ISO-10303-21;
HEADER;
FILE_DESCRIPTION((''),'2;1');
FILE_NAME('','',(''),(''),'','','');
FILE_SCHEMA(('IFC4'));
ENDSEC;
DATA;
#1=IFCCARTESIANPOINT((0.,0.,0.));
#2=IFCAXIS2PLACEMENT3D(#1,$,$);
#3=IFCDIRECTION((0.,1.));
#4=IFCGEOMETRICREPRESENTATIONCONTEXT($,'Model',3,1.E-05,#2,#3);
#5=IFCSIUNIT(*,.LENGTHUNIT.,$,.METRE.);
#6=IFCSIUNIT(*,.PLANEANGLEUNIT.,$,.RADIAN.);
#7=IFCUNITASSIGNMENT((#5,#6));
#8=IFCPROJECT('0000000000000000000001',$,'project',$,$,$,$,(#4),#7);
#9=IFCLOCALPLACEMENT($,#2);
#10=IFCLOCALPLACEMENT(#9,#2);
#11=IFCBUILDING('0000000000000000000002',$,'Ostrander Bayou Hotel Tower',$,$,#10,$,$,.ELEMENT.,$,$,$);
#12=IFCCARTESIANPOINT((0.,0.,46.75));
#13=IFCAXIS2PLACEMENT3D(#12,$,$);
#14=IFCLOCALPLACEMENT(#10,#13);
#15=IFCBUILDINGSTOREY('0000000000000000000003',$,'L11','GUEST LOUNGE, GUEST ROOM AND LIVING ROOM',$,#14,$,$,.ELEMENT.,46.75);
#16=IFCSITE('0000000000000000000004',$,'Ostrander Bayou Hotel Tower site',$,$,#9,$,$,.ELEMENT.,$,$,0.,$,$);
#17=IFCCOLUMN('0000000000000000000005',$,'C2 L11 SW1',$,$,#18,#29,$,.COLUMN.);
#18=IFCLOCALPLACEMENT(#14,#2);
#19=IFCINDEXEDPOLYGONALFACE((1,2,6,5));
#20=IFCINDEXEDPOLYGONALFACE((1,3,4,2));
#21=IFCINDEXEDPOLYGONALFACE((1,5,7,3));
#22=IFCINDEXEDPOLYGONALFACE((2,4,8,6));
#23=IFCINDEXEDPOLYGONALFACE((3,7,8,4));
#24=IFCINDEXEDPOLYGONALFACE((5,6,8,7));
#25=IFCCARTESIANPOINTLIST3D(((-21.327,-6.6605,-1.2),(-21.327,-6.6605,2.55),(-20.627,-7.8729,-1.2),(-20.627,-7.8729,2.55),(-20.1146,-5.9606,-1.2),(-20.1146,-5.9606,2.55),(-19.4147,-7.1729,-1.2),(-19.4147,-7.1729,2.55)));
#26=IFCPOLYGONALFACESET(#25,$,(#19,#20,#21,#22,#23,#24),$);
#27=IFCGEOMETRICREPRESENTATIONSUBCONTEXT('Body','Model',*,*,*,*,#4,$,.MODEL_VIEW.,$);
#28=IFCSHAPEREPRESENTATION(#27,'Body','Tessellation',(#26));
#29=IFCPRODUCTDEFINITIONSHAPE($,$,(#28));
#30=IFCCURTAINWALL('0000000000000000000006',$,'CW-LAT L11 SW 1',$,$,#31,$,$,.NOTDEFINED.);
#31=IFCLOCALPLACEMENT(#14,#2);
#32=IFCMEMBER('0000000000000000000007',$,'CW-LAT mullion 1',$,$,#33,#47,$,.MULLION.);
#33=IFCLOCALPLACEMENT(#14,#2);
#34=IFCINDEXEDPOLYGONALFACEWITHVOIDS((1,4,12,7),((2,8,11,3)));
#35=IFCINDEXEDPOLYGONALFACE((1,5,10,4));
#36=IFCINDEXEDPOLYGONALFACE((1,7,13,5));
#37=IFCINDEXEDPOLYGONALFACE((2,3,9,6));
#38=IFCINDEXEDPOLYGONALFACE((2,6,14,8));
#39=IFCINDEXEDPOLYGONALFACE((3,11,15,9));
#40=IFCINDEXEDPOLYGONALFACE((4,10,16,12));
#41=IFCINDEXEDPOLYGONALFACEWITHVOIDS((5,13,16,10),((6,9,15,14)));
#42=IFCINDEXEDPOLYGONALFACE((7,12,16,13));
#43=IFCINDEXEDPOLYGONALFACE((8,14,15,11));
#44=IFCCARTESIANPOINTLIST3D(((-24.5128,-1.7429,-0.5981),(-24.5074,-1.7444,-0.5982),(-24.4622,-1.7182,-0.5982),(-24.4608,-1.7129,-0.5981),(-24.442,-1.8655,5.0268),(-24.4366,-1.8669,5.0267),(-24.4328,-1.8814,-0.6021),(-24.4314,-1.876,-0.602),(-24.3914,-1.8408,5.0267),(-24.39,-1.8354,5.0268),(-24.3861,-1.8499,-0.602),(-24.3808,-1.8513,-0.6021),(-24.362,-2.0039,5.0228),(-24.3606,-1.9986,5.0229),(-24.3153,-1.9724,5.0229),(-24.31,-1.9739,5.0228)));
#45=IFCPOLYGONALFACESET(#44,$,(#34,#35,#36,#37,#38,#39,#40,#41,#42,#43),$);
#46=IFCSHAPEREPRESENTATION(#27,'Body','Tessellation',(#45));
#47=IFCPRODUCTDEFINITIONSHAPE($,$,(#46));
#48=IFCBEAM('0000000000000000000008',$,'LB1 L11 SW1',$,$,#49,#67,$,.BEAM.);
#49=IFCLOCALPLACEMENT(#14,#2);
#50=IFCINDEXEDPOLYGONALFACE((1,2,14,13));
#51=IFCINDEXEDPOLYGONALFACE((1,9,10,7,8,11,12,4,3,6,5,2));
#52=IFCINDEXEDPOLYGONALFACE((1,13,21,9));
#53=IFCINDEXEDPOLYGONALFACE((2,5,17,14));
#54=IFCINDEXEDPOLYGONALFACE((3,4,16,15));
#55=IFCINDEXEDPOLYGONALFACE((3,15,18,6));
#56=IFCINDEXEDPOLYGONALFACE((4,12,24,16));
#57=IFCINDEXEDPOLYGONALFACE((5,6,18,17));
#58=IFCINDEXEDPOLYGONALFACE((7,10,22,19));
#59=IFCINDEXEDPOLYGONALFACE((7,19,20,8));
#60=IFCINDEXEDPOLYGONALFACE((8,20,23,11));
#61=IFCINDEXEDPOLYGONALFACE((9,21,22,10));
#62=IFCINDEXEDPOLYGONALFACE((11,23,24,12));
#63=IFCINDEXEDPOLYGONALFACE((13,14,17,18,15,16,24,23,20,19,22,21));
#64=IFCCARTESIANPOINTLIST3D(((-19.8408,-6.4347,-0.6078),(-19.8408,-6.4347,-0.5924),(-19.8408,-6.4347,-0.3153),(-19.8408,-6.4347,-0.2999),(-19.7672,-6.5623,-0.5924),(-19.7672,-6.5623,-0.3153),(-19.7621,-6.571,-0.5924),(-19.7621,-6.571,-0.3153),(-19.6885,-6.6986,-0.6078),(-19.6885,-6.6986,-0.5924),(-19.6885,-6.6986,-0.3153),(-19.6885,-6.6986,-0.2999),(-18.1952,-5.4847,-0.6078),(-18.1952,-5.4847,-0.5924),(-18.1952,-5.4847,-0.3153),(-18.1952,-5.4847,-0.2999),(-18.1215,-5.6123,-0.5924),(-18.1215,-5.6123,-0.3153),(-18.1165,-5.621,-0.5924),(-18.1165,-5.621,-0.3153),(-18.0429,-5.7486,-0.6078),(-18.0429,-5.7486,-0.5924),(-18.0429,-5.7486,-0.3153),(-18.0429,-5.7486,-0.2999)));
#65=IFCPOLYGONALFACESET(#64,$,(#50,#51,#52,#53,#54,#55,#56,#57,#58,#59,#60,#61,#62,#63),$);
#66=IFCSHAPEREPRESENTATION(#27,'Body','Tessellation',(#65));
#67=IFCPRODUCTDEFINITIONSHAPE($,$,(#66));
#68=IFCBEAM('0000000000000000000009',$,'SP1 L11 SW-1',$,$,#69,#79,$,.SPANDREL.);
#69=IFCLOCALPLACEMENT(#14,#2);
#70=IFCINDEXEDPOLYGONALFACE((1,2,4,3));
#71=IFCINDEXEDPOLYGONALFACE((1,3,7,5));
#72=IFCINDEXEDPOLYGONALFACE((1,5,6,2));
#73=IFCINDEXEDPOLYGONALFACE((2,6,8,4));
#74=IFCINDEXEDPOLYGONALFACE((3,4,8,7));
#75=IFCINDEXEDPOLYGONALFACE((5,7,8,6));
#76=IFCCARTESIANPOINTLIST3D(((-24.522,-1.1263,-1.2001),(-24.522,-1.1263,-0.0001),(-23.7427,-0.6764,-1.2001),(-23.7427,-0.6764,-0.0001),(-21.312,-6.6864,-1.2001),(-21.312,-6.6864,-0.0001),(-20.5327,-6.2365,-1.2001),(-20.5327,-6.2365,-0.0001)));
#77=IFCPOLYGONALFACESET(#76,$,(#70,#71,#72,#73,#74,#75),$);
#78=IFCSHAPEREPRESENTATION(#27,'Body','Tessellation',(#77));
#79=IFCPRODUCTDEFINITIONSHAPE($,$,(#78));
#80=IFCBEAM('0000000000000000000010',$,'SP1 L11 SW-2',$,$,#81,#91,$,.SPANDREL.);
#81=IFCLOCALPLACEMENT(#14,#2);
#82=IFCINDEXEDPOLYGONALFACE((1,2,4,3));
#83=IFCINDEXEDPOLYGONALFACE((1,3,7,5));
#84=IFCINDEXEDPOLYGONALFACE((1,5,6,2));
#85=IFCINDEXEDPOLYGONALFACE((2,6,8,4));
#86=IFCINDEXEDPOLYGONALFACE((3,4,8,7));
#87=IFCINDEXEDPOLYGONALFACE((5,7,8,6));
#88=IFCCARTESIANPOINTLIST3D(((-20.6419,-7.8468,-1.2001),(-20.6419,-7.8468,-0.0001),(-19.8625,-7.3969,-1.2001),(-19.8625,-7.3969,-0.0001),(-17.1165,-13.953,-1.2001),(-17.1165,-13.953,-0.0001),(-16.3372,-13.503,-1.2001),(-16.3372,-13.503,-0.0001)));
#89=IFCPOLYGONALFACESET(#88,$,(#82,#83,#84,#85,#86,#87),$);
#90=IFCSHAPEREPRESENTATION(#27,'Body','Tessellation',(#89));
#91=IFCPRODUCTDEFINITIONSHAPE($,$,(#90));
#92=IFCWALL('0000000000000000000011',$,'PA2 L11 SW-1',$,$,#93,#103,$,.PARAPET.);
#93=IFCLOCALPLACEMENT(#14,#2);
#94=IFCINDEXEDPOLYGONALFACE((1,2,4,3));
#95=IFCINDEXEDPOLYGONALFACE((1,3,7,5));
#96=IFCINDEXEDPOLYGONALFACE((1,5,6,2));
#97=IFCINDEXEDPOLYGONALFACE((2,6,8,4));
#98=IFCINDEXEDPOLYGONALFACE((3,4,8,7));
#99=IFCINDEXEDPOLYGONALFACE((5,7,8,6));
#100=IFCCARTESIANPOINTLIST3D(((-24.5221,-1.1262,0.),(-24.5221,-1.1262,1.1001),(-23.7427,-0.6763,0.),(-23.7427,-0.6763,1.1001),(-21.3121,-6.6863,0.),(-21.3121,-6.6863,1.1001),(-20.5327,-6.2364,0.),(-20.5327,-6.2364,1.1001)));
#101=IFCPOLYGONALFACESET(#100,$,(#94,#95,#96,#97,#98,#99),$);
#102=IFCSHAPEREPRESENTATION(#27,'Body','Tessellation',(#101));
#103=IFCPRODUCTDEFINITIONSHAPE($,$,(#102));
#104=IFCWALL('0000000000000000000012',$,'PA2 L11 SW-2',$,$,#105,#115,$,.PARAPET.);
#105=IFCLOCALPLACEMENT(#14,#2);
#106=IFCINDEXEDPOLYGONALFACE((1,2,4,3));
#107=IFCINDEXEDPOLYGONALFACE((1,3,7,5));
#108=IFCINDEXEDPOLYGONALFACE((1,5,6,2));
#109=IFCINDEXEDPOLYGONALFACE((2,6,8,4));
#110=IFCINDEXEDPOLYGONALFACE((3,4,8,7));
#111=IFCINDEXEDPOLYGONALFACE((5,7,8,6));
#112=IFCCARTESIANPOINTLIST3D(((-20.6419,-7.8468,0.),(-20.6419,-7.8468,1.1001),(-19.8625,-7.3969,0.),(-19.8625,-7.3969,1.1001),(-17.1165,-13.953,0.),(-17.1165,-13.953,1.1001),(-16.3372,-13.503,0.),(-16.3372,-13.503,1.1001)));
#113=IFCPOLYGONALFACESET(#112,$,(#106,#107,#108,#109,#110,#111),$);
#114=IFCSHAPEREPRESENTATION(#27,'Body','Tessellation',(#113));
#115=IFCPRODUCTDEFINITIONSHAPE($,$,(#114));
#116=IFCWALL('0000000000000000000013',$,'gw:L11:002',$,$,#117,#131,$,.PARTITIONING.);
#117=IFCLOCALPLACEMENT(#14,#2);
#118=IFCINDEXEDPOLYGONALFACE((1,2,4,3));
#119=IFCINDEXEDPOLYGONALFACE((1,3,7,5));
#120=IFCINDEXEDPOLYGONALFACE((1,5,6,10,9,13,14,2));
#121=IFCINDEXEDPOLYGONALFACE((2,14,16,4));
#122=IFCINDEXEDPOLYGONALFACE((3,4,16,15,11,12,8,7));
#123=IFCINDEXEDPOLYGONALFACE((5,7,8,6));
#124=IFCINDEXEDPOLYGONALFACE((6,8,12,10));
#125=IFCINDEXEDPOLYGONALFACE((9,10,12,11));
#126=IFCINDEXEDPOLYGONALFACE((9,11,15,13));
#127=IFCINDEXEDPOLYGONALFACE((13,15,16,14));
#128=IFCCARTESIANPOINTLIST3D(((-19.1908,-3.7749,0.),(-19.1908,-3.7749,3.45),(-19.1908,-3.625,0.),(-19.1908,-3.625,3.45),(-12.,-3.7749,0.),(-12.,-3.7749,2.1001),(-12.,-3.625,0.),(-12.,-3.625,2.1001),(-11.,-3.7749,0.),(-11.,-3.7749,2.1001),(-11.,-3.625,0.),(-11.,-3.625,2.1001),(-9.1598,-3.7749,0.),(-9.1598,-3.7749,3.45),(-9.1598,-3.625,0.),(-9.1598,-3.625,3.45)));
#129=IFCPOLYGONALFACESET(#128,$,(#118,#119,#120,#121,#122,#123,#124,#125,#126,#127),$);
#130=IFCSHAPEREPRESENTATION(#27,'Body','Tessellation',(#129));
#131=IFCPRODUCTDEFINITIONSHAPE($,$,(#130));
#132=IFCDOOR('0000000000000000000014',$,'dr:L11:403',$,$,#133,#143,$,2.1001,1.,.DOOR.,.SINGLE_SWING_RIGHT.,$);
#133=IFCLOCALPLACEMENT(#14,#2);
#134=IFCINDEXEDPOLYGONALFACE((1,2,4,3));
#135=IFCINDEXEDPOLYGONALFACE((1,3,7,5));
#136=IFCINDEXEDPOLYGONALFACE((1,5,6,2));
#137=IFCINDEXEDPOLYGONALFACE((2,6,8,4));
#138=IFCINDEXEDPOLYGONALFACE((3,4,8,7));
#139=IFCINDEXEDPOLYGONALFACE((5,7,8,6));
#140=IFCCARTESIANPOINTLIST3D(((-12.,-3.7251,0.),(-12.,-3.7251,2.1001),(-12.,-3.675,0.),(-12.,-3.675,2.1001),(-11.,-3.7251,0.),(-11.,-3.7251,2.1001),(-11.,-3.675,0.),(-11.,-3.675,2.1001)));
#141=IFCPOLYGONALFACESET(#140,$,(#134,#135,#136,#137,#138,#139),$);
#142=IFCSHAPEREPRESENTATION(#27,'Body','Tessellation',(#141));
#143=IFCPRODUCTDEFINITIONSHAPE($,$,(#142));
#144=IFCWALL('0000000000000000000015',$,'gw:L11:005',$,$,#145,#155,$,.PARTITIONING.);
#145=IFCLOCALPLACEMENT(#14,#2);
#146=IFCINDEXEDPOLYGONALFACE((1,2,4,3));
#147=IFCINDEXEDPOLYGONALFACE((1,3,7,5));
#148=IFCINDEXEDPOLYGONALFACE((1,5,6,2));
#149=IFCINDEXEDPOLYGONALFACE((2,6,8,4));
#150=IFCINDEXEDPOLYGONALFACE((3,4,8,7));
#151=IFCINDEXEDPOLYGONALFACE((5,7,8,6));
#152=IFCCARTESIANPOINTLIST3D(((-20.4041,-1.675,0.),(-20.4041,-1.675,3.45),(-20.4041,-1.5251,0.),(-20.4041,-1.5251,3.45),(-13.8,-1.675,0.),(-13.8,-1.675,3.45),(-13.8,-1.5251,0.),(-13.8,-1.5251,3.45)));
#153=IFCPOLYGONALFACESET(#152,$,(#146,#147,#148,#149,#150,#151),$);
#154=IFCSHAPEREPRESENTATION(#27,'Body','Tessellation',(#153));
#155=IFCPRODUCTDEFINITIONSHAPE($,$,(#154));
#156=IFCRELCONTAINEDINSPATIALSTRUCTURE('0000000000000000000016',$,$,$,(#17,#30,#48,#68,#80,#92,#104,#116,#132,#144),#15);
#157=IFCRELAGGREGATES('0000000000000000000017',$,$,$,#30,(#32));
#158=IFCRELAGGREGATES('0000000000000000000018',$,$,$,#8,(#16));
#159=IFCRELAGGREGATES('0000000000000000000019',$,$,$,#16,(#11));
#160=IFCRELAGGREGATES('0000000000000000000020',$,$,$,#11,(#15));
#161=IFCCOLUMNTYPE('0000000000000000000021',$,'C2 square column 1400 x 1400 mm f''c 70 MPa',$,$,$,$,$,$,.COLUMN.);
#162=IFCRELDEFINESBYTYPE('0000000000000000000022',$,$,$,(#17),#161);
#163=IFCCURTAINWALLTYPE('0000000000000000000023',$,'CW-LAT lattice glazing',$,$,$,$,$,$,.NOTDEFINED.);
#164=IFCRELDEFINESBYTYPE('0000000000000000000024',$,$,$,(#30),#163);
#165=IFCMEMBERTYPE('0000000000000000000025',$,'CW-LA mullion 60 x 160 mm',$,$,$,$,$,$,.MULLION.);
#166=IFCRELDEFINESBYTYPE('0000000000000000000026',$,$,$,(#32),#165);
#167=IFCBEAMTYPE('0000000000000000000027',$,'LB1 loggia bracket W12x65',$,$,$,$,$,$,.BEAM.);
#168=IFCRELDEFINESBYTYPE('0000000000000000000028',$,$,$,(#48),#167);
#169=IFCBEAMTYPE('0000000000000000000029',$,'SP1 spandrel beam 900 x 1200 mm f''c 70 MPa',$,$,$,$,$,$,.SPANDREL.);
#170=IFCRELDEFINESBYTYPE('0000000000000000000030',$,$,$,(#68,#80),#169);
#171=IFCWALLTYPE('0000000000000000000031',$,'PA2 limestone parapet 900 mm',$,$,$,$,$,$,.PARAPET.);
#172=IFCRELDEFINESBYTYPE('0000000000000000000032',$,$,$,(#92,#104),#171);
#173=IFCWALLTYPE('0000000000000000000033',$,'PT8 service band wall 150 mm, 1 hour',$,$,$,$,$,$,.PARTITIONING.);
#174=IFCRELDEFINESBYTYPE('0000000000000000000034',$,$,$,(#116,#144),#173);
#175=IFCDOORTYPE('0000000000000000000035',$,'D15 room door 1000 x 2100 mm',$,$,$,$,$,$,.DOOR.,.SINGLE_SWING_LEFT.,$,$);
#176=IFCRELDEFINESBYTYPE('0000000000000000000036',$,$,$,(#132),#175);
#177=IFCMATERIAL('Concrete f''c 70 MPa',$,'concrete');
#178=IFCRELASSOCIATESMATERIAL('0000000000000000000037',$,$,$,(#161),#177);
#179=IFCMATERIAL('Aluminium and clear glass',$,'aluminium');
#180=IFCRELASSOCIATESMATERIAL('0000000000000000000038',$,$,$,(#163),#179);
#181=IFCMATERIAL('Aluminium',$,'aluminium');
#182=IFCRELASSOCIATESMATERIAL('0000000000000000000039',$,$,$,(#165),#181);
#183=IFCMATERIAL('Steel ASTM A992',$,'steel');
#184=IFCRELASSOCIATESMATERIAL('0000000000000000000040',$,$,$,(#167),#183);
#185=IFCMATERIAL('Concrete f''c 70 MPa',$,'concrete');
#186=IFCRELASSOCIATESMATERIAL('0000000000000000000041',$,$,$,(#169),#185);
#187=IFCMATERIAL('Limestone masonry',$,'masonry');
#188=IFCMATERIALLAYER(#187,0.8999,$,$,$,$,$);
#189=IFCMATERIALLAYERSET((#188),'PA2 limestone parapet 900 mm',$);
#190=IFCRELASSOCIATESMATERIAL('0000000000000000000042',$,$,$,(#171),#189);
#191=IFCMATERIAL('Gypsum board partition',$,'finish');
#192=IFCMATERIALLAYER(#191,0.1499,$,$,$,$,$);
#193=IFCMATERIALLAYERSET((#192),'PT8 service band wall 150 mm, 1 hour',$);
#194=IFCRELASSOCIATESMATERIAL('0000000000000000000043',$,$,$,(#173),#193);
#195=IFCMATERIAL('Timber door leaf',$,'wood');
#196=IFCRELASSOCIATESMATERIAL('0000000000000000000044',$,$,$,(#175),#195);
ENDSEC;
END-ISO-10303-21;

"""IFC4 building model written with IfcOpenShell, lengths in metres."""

from ifc_helpers import new_model, si_unit, direction, frame, frame_2d, origin, origin_2d, place, context, subcontext, project, spatial, rectangle, hollow_rectangle, i_section, extrude, material, layer, layer_set, material_profile, profile_set, type_object, element, fill, aggregate, save


model = new_model("IFC4")

# Units and contexts
model_context = context("Model", 3, precision=1e-05, world=origin(), true_north=direction((0.0, 1.0)))
body_context = subcontext(model_context, "Body", "Model", "MODEL_VIEW")
ifc_project = project(units=[si_unit("LENGTHUNIT", "METRE"), si_unit("PLANEANGLEUNIT", "RADIAN")], contexts=[model_context])

# Site, building, storey
site_placement = place(None, origin())
site = spatial("IfcSite", under=ifc_project, at=site_placement, Name="Ostrander Bayou Hotel Tower site", CompositionType="ELEMENT", RefElevation=0.0)
building_placement = place(site_placement, origin())
building = spatial("IfcBuilding", under=site, at=building_placement, Name="Ostrander Bayou Hotel Tower", CompositionType="ELEMENT")
storey_placement = place(building_placement, frame((0.0, 0.0, 46.75)))
storey = spatial("IfcBuildingStorey", under=building, at=storey_placement, Name="L11", Description="GUEST LOUNGE, GUEST ROOM AND LIVING ROOM", CompositionType="ELEMENT", Elevation=46.75)

# Column
ifc_material_1 = material(Name="Concrete f'c 70 MPa", Category="concrete")
ifc_material_profile_1 = material_profile(ifc_material_1, rectangle(XDim=1.3999, YDim=1.3999, at=origin_2d()))
ifc_profile_set_1 = profile_set([ifc_material_profile_1], Name="Concrete f'c 70 MPa")
column_type = type_object("IfcColumnType", Name="C2 square column 1400 x 1400 mm f'c 70 MPa", PredefinedType="COLUMN", material=ifc_profile_set_1)
column_placement = place(storey_placement, frame((-20.3708, -6.9167, -1.2), z_axis=(0.0, 0.0, 1.0), x_axis=(-0.5, 0.866025, 0.0)))
element("IfcColumn", 1, at=column_placement, inside=storey, type_object=column_type, Name="C2 L11 SW1", PredefinedType="COLUMN", context=body_context, shape_type="SweptSolid", body=[
    extrude(rectangle(XDim=1.3999, YDim=1.3999, at=origin_2d()), origin(), (0.0, 0.0, 1.0), 3.75),
])

# Curtain wall, member
ifc_material_2 = material(Name="Aluminium and clear glass", Category="aluminium")
curtain_wall_type = type_object("IfcCurtainWallType", Name="CW-LAT lattice glazing", PredefinedType="NOTDEFINED", material=ifc_material_2)
curtain_wall_placement = place(storey_placement, origin())
curtain_wall = element("IfcCurtainWall", 2, at=curtain_wall_placement, inside=storey, type_object=curtain_wall_type, Name="CW-LAT L11 SW 1", PredefinedType="NOTDEFINED")
ifc_material_3 = material(Name="Aluminium", Category="aluminium")
ifc_material_profile_2 = material_profile(ifc_material_3, hollow_rectangle(XDim=0.0601, YDim=0.1599, WallThickness=0.0039, at=origin_2d()))
ifc_profile_set_2 = profile_set([ifc_material_profile_2], Name="Aluminium")
member_type = type_object("IfcMemberType", Name="CW-LA mullion 60 x 160 mm", PredefinedType="MULLION", material=ifc_profile_set_2)
member_placement = place(storey_placement, frame((-24.4468, -1.7971, -0.6001), z_axis=(0.012583, -0.021781, 0.999684), x_axis=(0.865898, 0.50022, 0.0)))
member = element("IfcMember", 3, at=member_placement, type_object=member_type, Name="CW-LAT mullion 1", PredefinedType="MULLION", context=body_context, shape_type="SweptSolid", body=[
    extrude(hollow_rectangle(XDim=0.0601, YDim=0.1599, WallThickness=0.0039, at=origin_2d()), origin(), (0.0, 0.0, 1.0), 5.6267),
])
aggregate(curtain_wall, [member])

# Beams
ifc_material_4 = material(Name="Steel ASTM A992", Category="steel")
ifc_material_profile_3 = material_profile(ifc_material_4, i_section(OverallWidth=0.3047, OverallDepth=0.3079, WebThickness=0.01, FlangeThickness=0.0154, at=origin_2d()))
ifc_profile_set_3 = profile_set([ifc_material_profile_3], Name="Steel ASTM A992")
beam_type_1 = type_object("IfcBeamType", Name="LB1 loggia bracket W12x65", PredefinedType="BEAM", material=ifc_profile_set_3)
beam_1_placement = place(storey_placement, frame((-19.7646, -6.5667, -0.4539), z_axis=(0.866044, 0.499967, 0.0), x_axis=(-0.499967, 0.866044, 0.0)))
element("IfcBeam", 4, at=beam_1_placement, inside=storey, type_object=beam_type_1, Name="LB1 L11 SW1", PredefinedType="BEAM", context=body_context, shape_type="SweptSolid", body=[
    extrude(i_section(OverallWidth=0.3047, OverallDepth=0.3079, WebThickness=0.01, FlangeThickness=0.0154, at=origin_2d()), origin(), (0.0, 0.0, 1.0), 1.9001),
])
ifc_material_5 = material(Name="Concrete f'c 70 MPa", Category="concrete")
ifc_material_profile_4 = material_profile(ifc_material_5, rectangle(XDim=0.8999, YDim=1.2, at=origin_2d()))
ifc_profile_set_4 = profile_set([ifc_material_profile_4], Name="Concrete f'c 70 MPa")
beam_type_2 = type_object("IfcBeamType", Name="SP1 spandrel beam 900 x 1200 mm f'c 70 MPa", PredefinedType="SPANDREL", material=ifc_profile_set_4)
beam_2_placement = place(storey_placement, frame((-24.1323, -0.9014, -0.6001), z_axis=(0.499984, -0.866035, 0.0), x_axis=(0.866035, 0.499984, 0.0)))
element("IfcBeam", 5, at=beam_2_placement, inside=storey, type_object=beam_type_2, Name="SP1 L11 SW-1", PredefinedType="SPANDREL", context=body_context, shape_type="SweptSolid", body=[
    extrude(rectangle(XDim=0.8999, YDim=1.2, at=origin_2d()), origin(), (0.0, 0.0, 1.0), 6.4202),
])
beam_3_placement = place(storey_placement, frame((-20.2522, -7.6218, -0.6001), z_axis=(0.499997, -0.866027, 0.0), x_axis=(0.866027, 0.499997, 0.0)))
element("IfcBeam", 6, at=beam_3_placement, inside=storey, type_object=beam_type_2, Name="SP1 L11 SW-2", PredefinedType="SPANDREL", context=body_context, shape_type="SweptSolid", body=[
    extrude(rectangle(XDim=0.8999, YDim=1.2, at=origin_2d()), origin(), (0.0, 0.0, 1.0), 7.0508),
])

# Walls
ifc_material_6 = material(Name="Limestone masonry", Category="masonry")
ifc_layer_1 = layer(ifc_material_6, 0.8999)
ifc_layer_set_1 = layer_set([ifc_layer_1], Name="PA2 limestone parapet 900 mm")
wall_type_1 = type_object("IfcWallType", Name="PA2 limestone parapet 900 mm", PredefinedType="PARAPET", material=ifc_layer_set_1)
wall_1_placement = place(storey_placement, frame((-24.1323, -0.9014, 0.0), z_axis=(0.0, 0.0, 1.0), x_axis=(0.499984, -0.866035, 0.0)))
element("IfcWall", 7, at=wall_1_placement, inside=storey, type_object=wall_type_1, Name="PA2 L11 SW-1", PredefinedType="PARAPET", context=body_context, shape_type="SweptSolid", body=[
    extrude(rectangle(XDim=6.4202, YDim=0.8999, at=frame_2d((3.21, 0.0))), origin(), (0.0, 0.0, 1.0), 1.1001),
])
wall_2_placement = place(storey_placement, frame((-20.2522, -7.6218, 0.0), z_axis=(0.0, 0.0, 1.0), x_axis=(0.499997, -0.866027, 0.0)))
element("IfcWall", 8, at=wall_2_placement, inside=storey, type_object=wall_type_1, Name="PA2 L11 SW-2", PredefinedType="PARAPET", context=body_context, shape_type="SweptSolid", body=[
    extrude(rectangle(XDim=7.0508, YDim=0.8999, at=frame_2d((3.5254, 0.0))), origin(), (0.0, 0.0, 1.0), 1.1001),
])

# Wall, opening, door
ifc_material_7 = material(Name="Gypsum board partition", Category="finish")
ifc_layer_2 = layer(ifc_material_7, 0.1499)
ifc_layer_set_2 = layer_set([ifc_layer_2], Name="PT8 service band wall 150 mm, 1 hour")
wall_type_2 = type_object("IfcWallType", Name="PT8 service band wall 150 mm, 1 hour", PredefinedType="PARTITIONING", material=ifc_layer_set_2)
wall_3_placement = place(storey_placement, frame((-19.1909, -3.7, 0.0), z_axis=(0.0, 0.0, 1.0), x_axis=(1.0, 0.0, 0.0)))
wall_3 = element("IfcWall", 9, at=wall_3_placement, inside=storey, type_object=wall_type_2, Name="gw:L11:002", PredefinedType="PARTITIONING", context=body_context, shape_type="SweptSolid", body=[
    extrude(rectangle(XDim=10.031, YDim=0.1499, at=frame_2d((5.0156, 0.0))), origin(), (0.0, 0.0, 1.0), 3.45),
])
opening_1_placement = place(wall_3_placement, frame((7.1909, 0.0, 0.0)))
opening_1 = element("IfcOpeningElement", 10, at=opening_1_placement, cuts=wall_3, PredefinedType="OPENING", context=body_context, shape_type="SweptSolid", body=[
    extrude(rectangle(XDim=1.0, YDim=2.1001, at=frame_2d((0.5, 1.05))), frame((0.0, 0.075, 0.0), z_axis=(0.0, -1.0, 0.0), x_axis=(1.0, 0.0, 0.0)), (0.0, 0.0, 1.0), 0.1499),
])
ifc_material_8 = material(Name="Timber door leaf", Category="wood")
door_type_1 = type_object("IfcDoorType", Name="D15 room door 1000 x 2100 mm", OperationType="SINGLE_SWING_LEFT", PredefinedType="DOOR", material=ifc_material_8)
door_1_placement = place(opening_1_placement, origin())
door_1 = element("IfcDoor", 11, at=door_1_placement, inside=storey, type_object=door_type_1, Name="dr:L11:403", OperationType="SINGLE_SWING_RIGHT", OverallHeight=2.1001, OverallWidth=1.0, PredefinedType="DOOR", context=body_context, shape_type="SweptSolid", body=[
    extrude(rectangle(XDim=1.0, YDim=2.1001, at=frame_2d((0.5, 1.05))), frame((0.0, 0.0249, 0.0), z_axis=(0.0, -1.0, 0.0), x_axis=(1.0, 0.0, 0.0)), (0.0, 0.0, 1.0), 0.05),
])
fill(opening_1, door_1)

# Wall
wall_4_placement = place(storey_placement, frame((-20.4041, -1.6001, 0.0), z_axis=(0.0, 0.0, 1.0), x_axis=(1.0, 0.0, 0.0)))
element("IfcWall", 12, at=wall_4_placement, inside=storey, type_object=wall_type_2, Name="gw:L11:005", PredefinedType="PARTITIONING", context=body_context, shape_type="SweptSolid", body=[
    extrude(rectangle(XDim=6.604, YDim=0.1499, at=frame_2d((3.302, 0.0))), origin(), (0.0, 0.0, 1.0), 3.45),
])

save(model, "model.ifc")
